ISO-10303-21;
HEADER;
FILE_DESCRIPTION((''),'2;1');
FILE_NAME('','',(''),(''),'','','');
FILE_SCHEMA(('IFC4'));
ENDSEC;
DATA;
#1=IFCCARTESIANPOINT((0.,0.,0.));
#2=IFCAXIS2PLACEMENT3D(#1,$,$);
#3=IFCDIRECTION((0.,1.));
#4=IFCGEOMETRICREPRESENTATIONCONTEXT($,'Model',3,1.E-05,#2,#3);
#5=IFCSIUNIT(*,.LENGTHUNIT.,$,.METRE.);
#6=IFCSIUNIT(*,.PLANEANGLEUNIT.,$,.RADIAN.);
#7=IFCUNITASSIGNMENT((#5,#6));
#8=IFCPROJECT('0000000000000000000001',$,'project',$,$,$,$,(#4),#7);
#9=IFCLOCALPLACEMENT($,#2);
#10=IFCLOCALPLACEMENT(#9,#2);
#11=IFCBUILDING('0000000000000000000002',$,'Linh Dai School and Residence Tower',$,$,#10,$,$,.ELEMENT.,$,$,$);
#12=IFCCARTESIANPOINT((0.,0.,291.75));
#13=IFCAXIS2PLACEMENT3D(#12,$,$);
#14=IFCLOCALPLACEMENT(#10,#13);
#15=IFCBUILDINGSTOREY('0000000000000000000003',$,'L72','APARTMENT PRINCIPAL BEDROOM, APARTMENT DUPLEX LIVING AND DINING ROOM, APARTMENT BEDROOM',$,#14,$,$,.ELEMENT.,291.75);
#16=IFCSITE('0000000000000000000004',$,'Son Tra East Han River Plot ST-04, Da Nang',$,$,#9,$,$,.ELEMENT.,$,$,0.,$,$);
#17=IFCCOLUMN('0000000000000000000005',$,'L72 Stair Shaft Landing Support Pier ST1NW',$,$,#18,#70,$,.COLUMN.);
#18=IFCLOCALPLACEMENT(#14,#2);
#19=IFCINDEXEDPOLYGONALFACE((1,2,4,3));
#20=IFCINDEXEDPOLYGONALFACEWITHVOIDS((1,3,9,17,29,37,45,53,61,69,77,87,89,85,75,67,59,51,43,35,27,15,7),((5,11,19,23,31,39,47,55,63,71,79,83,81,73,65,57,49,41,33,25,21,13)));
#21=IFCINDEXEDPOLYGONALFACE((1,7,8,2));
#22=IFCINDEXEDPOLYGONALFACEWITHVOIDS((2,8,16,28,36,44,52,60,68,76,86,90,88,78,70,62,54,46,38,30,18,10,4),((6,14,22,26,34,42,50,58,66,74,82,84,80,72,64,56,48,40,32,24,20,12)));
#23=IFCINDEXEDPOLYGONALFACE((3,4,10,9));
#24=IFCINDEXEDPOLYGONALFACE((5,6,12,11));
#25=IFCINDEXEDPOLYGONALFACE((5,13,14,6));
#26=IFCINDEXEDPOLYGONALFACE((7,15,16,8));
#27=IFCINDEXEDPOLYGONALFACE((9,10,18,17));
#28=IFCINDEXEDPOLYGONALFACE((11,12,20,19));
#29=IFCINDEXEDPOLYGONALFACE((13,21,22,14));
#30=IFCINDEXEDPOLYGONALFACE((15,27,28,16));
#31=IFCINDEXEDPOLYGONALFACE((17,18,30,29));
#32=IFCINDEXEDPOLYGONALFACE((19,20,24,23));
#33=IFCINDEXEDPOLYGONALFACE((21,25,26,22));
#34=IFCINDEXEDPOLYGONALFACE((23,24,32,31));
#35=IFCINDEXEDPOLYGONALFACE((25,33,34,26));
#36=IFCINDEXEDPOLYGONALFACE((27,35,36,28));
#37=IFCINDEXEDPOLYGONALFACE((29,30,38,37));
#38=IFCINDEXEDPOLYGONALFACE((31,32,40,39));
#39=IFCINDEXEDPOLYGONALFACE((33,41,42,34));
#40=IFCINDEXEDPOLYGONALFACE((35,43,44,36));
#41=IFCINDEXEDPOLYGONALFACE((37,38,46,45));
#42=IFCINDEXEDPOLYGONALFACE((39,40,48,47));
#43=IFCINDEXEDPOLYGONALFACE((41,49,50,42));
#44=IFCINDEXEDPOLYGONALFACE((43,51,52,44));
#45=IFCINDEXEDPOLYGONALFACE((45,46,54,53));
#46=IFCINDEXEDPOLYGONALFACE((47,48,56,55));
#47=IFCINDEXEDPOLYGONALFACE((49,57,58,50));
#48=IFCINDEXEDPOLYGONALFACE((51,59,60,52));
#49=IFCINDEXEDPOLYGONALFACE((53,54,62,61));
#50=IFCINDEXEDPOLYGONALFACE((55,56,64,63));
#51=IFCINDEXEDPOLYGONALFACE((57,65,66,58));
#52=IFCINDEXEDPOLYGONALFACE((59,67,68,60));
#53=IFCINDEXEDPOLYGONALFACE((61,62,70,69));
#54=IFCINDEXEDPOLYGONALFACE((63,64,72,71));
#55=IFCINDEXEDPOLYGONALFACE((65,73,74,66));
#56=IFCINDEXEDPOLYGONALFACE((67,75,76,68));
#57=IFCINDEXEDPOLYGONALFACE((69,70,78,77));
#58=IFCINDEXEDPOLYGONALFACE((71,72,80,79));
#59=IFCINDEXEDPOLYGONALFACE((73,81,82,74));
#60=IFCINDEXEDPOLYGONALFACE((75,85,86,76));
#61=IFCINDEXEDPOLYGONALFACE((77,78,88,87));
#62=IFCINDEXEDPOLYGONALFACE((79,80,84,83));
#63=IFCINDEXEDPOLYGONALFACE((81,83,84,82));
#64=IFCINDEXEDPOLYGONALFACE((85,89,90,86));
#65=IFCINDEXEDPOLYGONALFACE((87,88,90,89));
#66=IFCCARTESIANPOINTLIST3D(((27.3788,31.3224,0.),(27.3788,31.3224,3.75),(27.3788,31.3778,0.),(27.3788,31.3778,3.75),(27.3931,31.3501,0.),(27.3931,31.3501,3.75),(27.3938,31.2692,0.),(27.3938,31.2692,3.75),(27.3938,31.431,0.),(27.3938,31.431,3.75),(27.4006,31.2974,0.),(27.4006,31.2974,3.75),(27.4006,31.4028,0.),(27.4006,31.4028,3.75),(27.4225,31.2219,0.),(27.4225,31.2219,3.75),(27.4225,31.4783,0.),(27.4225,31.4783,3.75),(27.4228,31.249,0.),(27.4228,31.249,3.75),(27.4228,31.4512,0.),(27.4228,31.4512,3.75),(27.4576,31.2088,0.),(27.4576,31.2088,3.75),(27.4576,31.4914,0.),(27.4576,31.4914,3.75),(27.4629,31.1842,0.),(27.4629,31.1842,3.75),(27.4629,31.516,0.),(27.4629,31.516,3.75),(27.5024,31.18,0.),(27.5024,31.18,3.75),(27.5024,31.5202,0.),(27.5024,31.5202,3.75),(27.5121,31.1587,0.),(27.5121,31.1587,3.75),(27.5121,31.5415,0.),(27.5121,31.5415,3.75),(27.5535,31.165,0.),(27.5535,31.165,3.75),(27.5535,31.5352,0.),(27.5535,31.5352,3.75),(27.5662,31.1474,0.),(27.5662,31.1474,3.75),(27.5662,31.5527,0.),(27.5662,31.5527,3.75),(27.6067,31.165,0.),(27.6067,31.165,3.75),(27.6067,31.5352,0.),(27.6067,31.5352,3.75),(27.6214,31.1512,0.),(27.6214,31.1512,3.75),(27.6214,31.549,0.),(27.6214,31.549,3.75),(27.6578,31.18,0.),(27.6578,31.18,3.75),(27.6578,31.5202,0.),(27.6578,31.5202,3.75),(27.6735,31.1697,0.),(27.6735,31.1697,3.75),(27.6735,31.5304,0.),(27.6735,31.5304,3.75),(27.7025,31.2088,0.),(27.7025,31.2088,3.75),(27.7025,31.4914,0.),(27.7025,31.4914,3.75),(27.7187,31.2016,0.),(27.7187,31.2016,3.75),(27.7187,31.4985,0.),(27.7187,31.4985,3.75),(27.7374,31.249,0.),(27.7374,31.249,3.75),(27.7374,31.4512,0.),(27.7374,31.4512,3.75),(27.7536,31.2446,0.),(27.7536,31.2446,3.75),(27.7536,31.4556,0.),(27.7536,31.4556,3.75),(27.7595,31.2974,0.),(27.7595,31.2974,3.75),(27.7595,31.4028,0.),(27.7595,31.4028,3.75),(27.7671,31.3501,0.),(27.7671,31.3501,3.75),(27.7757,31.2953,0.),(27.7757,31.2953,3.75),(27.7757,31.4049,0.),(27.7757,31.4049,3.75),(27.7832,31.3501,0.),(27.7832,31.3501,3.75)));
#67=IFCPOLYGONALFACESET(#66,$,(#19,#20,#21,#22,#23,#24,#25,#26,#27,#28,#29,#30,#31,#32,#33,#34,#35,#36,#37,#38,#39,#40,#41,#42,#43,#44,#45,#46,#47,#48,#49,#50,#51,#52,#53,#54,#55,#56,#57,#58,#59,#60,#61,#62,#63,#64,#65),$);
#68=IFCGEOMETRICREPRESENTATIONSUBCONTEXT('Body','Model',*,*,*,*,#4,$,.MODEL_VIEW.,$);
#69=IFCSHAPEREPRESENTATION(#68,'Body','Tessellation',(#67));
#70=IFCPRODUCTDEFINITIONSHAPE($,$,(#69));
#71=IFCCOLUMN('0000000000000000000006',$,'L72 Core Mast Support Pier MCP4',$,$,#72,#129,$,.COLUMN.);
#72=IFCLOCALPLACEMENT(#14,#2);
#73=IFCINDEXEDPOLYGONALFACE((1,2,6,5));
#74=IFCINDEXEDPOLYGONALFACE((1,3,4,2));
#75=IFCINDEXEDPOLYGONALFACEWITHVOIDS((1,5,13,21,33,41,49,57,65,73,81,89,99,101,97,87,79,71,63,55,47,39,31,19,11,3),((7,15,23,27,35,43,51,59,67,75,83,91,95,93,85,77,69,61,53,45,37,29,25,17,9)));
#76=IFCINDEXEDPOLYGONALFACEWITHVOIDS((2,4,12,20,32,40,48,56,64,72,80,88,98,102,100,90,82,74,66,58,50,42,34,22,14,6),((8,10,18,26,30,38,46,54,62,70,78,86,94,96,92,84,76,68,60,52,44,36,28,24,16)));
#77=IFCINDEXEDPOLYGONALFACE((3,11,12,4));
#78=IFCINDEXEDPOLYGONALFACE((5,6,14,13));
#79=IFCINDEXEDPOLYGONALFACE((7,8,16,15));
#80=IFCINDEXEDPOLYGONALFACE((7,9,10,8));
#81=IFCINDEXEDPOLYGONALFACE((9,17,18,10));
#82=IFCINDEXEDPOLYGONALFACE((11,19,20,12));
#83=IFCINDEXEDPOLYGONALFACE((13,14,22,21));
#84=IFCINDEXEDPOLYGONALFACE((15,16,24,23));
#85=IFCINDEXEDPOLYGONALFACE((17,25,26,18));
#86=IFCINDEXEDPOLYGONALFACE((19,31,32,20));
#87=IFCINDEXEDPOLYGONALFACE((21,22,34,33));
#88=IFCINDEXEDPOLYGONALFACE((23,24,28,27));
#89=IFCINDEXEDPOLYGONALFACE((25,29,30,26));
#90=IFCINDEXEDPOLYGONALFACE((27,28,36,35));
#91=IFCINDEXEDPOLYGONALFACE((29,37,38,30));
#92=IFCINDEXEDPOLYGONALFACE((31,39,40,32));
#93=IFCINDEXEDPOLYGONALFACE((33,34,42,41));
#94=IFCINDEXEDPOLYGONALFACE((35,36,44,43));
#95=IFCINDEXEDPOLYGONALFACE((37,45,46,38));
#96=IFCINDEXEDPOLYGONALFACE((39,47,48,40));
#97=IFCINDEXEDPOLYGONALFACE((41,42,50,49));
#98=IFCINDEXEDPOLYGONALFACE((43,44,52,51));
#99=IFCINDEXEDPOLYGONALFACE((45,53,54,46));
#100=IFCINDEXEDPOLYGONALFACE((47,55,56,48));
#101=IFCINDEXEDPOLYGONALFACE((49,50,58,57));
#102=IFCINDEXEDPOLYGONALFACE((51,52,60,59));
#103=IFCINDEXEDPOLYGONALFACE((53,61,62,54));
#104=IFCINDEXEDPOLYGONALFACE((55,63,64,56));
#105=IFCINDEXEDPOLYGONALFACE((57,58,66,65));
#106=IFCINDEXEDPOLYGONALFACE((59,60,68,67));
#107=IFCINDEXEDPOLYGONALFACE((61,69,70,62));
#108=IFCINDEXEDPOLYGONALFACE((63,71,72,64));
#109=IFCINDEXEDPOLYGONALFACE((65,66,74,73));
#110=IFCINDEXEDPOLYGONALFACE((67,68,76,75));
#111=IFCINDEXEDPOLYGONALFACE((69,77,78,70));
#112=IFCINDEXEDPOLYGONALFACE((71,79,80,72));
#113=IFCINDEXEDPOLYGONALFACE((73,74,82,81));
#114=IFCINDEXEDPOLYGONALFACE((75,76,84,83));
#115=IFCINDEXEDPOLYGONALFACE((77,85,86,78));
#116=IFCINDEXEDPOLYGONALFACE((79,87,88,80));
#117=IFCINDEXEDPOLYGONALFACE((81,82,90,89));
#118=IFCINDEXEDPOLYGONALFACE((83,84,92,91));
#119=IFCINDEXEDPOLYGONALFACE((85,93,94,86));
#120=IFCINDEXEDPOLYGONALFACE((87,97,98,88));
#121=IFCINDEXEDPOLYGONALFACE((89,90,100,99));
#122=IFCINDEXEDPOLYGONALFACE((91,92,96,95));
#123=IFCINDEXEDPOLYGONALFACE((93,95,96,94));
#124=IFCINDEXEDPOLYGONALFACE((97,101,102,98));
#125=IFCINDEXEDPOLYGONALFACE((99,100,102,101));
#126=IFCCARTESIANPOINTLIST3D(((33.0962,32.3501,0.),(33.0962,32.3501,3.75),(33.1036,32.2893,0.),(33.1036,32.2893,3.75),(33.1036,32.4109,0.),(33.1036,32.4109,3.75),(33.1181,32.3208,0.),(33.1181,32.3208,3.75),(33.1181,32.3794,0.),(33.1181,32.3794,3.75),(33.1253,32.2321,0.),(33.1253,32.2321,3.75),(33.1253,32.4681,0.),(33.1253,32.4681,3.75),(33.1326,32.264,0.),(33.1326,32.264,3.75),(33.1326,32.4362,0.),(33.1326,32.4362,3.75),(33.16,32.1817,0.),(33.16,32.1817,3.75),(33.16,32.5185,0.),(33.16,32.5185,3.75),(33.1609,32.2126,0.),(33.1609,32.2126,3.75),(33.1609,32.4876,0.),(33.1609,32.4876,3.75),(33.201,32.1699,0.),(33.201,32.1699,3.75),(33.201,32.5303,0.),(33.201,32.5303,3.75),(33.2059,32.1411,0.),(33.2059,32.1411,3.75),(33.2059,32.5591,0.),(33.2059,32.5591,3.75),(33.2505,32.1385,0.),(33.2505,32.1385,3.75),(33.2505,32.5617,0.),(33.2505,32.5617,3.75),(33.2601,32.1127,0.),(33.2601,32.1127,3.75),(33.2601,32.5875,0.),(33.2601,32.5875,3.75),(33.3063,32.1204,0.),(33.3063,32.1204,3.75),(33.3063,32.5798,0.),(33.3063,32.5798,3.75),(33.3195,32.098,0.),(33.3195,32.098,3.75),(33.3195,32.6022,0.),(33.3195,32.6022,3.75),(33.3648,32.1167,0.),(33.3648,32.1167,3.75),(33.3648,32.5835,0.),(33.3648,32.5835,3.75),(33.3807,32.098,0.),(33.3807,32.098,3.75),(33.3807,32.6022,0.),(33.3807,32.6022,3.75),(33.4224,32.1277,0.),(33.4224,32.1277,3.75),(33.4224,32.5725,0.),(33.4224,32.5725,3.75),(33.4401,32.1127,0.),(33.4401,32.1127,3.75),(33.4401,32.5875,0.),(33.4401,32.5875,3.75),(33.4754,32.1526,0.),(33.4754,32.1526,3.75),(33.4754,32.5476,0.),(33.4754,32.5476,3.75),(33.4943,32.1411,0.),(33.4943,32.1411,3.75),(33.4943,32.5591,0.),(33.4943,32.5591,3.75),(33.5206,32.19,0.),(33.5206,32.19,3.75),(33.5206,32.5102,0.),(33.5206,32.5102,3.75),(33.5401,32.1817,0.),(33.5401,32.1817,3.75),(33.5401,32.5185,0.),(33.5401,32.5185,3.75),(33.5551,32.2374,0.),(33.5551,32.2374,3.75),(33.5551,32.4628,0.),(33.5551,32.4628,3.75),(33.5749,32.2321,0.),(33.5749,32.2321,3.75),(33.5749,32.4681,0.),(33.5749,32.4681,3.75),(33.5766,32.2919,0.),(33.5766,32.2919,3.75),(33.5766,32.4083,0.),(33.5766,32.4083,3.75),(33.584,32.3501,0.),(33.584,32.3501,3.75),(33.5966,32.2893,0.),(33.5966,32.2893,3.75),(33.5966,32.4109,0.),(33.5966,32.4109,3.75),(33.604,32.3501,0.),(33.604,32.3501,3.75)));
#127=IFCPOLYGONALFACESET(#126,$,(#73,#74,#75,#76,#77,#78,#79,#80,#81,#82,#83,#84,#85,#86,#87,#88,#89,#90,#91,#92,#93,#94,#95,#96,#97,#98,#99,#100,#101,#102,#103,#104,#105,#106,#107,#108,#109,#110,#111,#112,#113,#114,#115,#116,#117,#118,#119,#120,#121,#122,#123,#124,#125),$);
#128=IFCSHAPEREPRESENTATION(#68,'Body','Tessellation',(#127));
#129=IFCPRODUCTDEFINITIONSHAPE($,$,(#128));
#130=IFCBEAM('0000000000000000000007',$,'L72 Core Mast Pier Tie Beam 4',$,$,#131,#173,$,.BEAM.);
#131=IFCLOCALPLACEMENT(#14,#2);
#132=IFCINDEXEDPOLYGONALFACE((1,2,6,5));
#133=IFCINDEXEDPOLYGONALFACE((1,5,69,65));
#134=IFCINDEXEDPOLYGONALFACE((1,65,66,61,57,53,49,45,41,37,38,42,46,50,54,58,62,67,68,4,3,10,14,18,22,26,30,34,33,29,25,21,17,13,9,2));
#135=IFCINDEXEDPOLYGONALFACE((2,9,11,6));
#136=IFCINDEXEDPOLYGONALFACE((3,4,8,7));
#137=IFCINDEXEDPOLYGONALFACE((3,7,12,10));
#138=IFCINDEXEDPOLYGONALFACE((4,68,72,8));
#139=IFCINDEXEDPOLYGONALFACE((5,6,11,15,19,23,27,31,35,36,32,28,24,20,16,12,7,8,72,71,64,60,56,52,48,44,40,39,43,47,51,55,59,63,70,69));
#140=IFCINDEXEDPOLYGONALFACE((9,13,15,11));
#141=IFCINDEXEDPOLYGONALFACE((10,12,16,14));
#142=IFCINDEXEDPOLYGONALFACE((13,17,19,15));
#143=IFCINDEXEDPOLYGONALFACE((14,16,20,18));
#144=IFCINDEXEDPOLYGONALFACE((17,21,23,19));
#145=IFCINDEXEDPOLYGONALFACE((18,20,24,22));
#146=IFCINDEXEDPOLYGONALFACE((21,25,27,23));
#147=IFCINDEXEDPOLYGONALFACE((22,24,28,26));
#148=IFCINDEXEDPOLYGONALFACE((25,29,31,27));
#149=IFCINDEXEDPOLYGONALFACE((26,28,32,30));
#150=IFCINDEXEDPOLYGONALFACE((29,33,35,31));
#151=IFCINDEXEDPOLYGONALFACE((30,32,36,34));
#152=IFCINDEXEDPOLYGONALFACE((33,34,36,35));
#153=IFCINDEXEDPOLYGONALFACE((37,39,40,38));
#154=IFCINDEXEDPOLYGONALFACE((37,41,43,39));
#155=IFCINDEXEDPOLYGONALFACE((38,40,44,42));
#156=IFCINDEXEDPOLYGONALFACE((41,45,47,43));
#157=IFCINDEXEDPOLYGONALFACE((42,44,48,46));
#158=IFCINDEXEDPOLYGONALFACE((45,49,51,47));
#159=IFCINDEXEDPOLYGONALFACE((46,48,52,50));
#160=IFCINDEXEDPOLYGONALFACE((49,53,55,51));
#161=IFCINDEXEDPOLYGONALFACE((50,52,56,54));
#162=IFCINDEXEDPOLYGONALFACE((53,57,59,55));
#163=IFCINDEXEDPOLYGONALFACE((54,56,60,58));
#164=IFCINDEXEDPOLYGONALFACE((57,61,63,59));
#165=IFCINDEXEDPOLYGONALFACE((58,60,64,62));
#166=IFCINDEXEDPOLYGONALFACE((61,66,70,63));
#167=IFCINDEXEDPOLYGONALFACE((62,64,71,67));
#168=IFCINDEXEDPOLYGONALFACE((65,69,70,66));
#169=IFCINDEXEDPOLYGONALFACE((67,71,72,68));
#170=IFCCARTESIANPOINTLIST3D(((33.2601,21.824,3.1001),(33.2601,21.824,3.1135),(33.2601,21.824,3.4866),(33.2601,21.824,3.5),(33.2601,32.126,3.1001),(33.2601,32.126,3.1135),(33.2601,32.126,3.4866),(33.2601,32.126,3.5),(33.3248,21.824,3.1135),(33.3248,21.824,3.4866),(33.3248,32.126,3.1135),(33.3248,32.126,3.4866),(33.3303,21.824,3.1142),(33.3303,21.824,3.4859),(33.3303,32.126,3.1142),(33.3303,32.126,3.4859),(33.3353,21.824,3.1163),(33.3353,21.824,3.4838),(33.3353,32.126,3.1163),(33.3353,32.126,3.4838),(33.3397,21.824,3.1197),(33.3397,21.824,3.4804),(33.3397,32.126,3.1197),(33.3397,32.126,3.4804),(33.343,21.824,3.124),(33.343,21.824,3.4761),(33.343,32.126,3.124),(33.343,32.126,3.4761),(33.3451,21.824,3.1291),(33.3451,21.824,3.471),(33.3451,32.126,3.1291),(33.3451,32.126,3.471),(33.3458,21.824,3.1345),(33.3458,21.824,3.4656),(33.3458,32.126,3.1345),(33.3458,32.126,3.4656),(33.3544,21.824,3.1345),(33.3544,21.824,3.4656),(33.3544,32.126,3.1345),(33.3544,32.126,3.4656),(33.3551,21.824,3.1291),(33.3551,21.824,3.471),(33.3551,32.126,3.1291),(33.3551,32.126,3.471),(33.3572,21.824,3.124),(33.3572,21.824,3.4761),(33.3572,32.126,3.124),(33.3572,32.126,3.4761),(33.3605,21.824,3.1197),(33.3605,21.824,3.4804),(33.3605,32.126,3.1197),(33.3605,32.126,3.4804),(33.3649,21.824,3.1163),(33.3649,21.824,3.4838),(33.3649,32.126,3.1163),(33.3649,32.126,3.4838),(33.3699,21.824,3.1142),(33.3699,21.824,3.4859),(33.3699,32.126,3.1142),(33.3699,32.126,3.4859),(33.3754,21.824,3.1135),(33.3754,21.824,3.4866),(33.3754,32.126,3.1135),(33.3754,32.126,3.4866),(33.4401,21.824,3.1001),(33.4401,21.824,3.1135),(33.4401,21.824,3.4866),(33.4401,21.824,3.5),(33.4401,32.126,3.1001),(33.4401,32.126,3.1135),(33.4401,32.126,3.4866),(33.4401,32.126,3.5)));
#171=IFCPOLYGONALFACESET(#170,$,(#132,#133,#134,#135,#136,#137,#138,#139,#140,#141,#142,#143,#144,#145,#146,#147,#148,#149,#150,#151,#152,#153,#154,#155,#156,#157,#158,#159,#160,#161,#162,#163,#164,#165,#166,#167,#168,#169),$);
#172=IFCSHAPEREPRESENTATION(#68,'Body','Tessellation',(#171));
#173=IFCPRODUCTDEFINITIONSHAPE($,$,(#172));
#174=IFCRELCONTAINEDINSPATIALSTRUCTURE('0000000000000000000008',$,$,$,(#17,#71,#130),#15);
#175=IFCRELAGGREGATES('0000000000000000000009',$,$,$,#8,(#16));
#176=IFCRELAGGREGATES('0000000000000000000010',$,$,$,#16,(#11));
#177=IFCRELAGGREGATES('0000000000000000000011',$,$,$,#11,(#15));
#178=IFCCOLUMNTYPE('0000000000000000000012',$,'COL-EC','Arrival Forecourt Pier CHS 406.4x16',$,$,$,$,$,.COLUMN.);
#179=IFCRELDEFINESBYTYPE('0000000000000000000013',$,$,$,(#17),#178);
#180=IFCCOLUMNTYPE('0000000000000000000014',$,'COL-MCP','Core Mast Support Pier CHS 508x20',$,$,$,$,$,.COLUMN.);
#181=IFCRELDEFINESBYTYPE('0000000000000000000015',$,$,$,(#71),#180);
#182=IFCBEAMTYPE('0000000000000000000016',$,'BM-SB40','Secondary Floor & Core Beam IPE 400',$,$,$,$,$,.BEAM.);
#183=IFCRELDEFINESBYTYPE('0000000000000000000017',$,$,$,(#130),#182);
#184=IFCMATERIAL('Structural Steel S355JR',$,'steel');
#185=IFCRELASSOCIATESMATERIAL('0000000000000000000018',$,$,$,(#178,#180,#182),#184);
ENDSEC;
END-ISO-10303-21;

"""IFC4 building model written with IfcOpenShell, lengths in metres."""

from ifc_helpers import new_model, si_unit, direction, frame, origin, origin_2d, place, context, subcontext, project, spatial, hollow_circle, i_section, extrude, material, material_profile, profile_set, type_object, element, save


model = new_model("IFC4")

# Units and contexts
model_context = context("Model", 3, precision=1e-05, world=origin(), true_north=direction((0.0, 1.0)))
body_context = subcontext(model_context, "Body", "Model", "MODEL_VIEW")
ifc_project = project(units=[si_unit("LENGTHUNIT", "METRE"), si_unit("PLANEANGLEUNIT", "RADIAN")], contexts=[model_context])

# Site, building, storey
site_placement = place(None, origin())
site = spatial("IfcSite", under=ifc_project, at=site_placement, Name="Son Tra East Han River Plot ST-04, Da Nang", CompositionType="ELEMENT", RefElevation=0.0)
building_placement = place(site_placement, origin())
building = spatial("IfcBuilding", under=site, at=building_placement, Name="Linh Dai School and Residence Tower", CompositionType="ELEMENT")
storey_placement = place(building_placement, frame((0.0, 0.0, 291.75)))
storey = spatial("IfcBuildingStorey", under=building, at=storey_placement, Name="L72", Description="APARTMENT PRINCIPAL BEDROOM, APARTMENT DUPLEX LIVING AND DINING ROOM, APARTMENT BEDROOM", CompositionType="ELEMENT", Elevation=291.75)

# Columns
ifc_material_1 = material(Name="Structural Steel S355JR", Category="steel")
ifc_material_profile_1 = material_profile(ifc_material_1, hollow_circle(Radius=0.2031, WallThickness=0.0161, at=origin_2d()), Name="CHS 406.4x16")
ifc_profile_set_1 = profile_set([ifc_material_profile_1], Name="Structural Steel S355JR")
column_type_1 = type_object("IfcColumnType", Name="COL-EC", Description="Arrival Forecourt Pier CHS 406.4x16", PredefinedType="COLUMN", material=ifc_profile_set_1)
column_1_placement = place(storey_placement, frame((27.5801, 31.3501, 0.0), z_axis=(0.0, 0.0, 1.0), x_axis=(1.0, 0.0, 0.0)))
element("IfcColumn", 1, at=column_1_placement, inside=storey, type_object=column_type_1, Name="L72 Stair Shaft Landing Support Pier ST1NW", PredefinedType="COLUMN", context=body_context, shape_type="SweptSolid", body=[
    extrude(hollow_circle(Radius=0.2031, WallThickness=0.0161, at=origin_2d()), origin(), (0.0, 0.0, 1.0), 3.75),
])
ifc_material_profile_2 = material_profile(ifc_material_1, hollow_circle(Radius=0.2539, WallThickness=0.02, at=origin_2d()), Name="CHS 508x20")
ifc_profile_set_2 = profile_set([ifc_material_profile_2], Name="Structural Steel S355JR")
column_type_2 = type_object("IfcColumnType", Name="COL-MCP", Description="Core Mast Support Pier CHS 508x20", PredefinedType="COLUMN", material=ifc_profile_set_2)
column_2_placement = place(storey_placement, frame((33.3501, 32.3501, 0.0), z_axis=(0.0, 0.0, 1.0), x_axis=(1.0, 0.0, 0.0)))
element("IfcColumn", 2, at=column_2_placement, inside=storey, type_object=column_type_2, Name="L72 Core Mast Support Pier MCP4", PredefinedType="COLUMN", context=body_context, shape_type="SweptSolid", body=[
    extrude(hollow_circle(Radius=0.2539, WallThickness=0.02, at=origin_2d()), origin(), (0.0, 0.0, 1.0), 3.75),
])

# Beam
ifc_material_profile_3 = material_profile(ifc_material_1, i_section(OverallWidth=0.1799, OverallDepth=0.3999, WebThickness=0.0085, FlangeThickness=0.0134, FilletRadius=0.021, at=origin_2d()), Name="IPE 400")
ifc_profile_set_3 = profile_set([ifc_material_profile_3], Name="Structural Steel S355JR")
beam_type = type_object("IfcBeamType", Name="BM-SB40", Description="Secondary Floor & Core Beam IPE 400", PredefinedType="BEAM", material=ifc_profile_set_3)
beam_placement = place(storey_placement, frame((33.3501, 32.126, 3.3), z_axis=(0.0, -1.0, 0.0), x_axis=(1.0, 0.0, 0.0)))
element("IfcBeam", 3, at=beam_placement, inside=storey, type_object=beam_type, Name="L72 Core Mast Pier Tie Beam 4", PredefinedType="BEAM", context=body_context, shape_type="SweptSolid", body=[
    extrude(i_section(OverallWidth=0.1799, OverallDepth=0.3999, WebThickness=0.0085, FlangeThickness=0.0134, FilletRadius=0.021, at=origin_2d()), origin(), (0.0, 0.0, 1.0), 10.302),
])

save(model, "model.ifc")
